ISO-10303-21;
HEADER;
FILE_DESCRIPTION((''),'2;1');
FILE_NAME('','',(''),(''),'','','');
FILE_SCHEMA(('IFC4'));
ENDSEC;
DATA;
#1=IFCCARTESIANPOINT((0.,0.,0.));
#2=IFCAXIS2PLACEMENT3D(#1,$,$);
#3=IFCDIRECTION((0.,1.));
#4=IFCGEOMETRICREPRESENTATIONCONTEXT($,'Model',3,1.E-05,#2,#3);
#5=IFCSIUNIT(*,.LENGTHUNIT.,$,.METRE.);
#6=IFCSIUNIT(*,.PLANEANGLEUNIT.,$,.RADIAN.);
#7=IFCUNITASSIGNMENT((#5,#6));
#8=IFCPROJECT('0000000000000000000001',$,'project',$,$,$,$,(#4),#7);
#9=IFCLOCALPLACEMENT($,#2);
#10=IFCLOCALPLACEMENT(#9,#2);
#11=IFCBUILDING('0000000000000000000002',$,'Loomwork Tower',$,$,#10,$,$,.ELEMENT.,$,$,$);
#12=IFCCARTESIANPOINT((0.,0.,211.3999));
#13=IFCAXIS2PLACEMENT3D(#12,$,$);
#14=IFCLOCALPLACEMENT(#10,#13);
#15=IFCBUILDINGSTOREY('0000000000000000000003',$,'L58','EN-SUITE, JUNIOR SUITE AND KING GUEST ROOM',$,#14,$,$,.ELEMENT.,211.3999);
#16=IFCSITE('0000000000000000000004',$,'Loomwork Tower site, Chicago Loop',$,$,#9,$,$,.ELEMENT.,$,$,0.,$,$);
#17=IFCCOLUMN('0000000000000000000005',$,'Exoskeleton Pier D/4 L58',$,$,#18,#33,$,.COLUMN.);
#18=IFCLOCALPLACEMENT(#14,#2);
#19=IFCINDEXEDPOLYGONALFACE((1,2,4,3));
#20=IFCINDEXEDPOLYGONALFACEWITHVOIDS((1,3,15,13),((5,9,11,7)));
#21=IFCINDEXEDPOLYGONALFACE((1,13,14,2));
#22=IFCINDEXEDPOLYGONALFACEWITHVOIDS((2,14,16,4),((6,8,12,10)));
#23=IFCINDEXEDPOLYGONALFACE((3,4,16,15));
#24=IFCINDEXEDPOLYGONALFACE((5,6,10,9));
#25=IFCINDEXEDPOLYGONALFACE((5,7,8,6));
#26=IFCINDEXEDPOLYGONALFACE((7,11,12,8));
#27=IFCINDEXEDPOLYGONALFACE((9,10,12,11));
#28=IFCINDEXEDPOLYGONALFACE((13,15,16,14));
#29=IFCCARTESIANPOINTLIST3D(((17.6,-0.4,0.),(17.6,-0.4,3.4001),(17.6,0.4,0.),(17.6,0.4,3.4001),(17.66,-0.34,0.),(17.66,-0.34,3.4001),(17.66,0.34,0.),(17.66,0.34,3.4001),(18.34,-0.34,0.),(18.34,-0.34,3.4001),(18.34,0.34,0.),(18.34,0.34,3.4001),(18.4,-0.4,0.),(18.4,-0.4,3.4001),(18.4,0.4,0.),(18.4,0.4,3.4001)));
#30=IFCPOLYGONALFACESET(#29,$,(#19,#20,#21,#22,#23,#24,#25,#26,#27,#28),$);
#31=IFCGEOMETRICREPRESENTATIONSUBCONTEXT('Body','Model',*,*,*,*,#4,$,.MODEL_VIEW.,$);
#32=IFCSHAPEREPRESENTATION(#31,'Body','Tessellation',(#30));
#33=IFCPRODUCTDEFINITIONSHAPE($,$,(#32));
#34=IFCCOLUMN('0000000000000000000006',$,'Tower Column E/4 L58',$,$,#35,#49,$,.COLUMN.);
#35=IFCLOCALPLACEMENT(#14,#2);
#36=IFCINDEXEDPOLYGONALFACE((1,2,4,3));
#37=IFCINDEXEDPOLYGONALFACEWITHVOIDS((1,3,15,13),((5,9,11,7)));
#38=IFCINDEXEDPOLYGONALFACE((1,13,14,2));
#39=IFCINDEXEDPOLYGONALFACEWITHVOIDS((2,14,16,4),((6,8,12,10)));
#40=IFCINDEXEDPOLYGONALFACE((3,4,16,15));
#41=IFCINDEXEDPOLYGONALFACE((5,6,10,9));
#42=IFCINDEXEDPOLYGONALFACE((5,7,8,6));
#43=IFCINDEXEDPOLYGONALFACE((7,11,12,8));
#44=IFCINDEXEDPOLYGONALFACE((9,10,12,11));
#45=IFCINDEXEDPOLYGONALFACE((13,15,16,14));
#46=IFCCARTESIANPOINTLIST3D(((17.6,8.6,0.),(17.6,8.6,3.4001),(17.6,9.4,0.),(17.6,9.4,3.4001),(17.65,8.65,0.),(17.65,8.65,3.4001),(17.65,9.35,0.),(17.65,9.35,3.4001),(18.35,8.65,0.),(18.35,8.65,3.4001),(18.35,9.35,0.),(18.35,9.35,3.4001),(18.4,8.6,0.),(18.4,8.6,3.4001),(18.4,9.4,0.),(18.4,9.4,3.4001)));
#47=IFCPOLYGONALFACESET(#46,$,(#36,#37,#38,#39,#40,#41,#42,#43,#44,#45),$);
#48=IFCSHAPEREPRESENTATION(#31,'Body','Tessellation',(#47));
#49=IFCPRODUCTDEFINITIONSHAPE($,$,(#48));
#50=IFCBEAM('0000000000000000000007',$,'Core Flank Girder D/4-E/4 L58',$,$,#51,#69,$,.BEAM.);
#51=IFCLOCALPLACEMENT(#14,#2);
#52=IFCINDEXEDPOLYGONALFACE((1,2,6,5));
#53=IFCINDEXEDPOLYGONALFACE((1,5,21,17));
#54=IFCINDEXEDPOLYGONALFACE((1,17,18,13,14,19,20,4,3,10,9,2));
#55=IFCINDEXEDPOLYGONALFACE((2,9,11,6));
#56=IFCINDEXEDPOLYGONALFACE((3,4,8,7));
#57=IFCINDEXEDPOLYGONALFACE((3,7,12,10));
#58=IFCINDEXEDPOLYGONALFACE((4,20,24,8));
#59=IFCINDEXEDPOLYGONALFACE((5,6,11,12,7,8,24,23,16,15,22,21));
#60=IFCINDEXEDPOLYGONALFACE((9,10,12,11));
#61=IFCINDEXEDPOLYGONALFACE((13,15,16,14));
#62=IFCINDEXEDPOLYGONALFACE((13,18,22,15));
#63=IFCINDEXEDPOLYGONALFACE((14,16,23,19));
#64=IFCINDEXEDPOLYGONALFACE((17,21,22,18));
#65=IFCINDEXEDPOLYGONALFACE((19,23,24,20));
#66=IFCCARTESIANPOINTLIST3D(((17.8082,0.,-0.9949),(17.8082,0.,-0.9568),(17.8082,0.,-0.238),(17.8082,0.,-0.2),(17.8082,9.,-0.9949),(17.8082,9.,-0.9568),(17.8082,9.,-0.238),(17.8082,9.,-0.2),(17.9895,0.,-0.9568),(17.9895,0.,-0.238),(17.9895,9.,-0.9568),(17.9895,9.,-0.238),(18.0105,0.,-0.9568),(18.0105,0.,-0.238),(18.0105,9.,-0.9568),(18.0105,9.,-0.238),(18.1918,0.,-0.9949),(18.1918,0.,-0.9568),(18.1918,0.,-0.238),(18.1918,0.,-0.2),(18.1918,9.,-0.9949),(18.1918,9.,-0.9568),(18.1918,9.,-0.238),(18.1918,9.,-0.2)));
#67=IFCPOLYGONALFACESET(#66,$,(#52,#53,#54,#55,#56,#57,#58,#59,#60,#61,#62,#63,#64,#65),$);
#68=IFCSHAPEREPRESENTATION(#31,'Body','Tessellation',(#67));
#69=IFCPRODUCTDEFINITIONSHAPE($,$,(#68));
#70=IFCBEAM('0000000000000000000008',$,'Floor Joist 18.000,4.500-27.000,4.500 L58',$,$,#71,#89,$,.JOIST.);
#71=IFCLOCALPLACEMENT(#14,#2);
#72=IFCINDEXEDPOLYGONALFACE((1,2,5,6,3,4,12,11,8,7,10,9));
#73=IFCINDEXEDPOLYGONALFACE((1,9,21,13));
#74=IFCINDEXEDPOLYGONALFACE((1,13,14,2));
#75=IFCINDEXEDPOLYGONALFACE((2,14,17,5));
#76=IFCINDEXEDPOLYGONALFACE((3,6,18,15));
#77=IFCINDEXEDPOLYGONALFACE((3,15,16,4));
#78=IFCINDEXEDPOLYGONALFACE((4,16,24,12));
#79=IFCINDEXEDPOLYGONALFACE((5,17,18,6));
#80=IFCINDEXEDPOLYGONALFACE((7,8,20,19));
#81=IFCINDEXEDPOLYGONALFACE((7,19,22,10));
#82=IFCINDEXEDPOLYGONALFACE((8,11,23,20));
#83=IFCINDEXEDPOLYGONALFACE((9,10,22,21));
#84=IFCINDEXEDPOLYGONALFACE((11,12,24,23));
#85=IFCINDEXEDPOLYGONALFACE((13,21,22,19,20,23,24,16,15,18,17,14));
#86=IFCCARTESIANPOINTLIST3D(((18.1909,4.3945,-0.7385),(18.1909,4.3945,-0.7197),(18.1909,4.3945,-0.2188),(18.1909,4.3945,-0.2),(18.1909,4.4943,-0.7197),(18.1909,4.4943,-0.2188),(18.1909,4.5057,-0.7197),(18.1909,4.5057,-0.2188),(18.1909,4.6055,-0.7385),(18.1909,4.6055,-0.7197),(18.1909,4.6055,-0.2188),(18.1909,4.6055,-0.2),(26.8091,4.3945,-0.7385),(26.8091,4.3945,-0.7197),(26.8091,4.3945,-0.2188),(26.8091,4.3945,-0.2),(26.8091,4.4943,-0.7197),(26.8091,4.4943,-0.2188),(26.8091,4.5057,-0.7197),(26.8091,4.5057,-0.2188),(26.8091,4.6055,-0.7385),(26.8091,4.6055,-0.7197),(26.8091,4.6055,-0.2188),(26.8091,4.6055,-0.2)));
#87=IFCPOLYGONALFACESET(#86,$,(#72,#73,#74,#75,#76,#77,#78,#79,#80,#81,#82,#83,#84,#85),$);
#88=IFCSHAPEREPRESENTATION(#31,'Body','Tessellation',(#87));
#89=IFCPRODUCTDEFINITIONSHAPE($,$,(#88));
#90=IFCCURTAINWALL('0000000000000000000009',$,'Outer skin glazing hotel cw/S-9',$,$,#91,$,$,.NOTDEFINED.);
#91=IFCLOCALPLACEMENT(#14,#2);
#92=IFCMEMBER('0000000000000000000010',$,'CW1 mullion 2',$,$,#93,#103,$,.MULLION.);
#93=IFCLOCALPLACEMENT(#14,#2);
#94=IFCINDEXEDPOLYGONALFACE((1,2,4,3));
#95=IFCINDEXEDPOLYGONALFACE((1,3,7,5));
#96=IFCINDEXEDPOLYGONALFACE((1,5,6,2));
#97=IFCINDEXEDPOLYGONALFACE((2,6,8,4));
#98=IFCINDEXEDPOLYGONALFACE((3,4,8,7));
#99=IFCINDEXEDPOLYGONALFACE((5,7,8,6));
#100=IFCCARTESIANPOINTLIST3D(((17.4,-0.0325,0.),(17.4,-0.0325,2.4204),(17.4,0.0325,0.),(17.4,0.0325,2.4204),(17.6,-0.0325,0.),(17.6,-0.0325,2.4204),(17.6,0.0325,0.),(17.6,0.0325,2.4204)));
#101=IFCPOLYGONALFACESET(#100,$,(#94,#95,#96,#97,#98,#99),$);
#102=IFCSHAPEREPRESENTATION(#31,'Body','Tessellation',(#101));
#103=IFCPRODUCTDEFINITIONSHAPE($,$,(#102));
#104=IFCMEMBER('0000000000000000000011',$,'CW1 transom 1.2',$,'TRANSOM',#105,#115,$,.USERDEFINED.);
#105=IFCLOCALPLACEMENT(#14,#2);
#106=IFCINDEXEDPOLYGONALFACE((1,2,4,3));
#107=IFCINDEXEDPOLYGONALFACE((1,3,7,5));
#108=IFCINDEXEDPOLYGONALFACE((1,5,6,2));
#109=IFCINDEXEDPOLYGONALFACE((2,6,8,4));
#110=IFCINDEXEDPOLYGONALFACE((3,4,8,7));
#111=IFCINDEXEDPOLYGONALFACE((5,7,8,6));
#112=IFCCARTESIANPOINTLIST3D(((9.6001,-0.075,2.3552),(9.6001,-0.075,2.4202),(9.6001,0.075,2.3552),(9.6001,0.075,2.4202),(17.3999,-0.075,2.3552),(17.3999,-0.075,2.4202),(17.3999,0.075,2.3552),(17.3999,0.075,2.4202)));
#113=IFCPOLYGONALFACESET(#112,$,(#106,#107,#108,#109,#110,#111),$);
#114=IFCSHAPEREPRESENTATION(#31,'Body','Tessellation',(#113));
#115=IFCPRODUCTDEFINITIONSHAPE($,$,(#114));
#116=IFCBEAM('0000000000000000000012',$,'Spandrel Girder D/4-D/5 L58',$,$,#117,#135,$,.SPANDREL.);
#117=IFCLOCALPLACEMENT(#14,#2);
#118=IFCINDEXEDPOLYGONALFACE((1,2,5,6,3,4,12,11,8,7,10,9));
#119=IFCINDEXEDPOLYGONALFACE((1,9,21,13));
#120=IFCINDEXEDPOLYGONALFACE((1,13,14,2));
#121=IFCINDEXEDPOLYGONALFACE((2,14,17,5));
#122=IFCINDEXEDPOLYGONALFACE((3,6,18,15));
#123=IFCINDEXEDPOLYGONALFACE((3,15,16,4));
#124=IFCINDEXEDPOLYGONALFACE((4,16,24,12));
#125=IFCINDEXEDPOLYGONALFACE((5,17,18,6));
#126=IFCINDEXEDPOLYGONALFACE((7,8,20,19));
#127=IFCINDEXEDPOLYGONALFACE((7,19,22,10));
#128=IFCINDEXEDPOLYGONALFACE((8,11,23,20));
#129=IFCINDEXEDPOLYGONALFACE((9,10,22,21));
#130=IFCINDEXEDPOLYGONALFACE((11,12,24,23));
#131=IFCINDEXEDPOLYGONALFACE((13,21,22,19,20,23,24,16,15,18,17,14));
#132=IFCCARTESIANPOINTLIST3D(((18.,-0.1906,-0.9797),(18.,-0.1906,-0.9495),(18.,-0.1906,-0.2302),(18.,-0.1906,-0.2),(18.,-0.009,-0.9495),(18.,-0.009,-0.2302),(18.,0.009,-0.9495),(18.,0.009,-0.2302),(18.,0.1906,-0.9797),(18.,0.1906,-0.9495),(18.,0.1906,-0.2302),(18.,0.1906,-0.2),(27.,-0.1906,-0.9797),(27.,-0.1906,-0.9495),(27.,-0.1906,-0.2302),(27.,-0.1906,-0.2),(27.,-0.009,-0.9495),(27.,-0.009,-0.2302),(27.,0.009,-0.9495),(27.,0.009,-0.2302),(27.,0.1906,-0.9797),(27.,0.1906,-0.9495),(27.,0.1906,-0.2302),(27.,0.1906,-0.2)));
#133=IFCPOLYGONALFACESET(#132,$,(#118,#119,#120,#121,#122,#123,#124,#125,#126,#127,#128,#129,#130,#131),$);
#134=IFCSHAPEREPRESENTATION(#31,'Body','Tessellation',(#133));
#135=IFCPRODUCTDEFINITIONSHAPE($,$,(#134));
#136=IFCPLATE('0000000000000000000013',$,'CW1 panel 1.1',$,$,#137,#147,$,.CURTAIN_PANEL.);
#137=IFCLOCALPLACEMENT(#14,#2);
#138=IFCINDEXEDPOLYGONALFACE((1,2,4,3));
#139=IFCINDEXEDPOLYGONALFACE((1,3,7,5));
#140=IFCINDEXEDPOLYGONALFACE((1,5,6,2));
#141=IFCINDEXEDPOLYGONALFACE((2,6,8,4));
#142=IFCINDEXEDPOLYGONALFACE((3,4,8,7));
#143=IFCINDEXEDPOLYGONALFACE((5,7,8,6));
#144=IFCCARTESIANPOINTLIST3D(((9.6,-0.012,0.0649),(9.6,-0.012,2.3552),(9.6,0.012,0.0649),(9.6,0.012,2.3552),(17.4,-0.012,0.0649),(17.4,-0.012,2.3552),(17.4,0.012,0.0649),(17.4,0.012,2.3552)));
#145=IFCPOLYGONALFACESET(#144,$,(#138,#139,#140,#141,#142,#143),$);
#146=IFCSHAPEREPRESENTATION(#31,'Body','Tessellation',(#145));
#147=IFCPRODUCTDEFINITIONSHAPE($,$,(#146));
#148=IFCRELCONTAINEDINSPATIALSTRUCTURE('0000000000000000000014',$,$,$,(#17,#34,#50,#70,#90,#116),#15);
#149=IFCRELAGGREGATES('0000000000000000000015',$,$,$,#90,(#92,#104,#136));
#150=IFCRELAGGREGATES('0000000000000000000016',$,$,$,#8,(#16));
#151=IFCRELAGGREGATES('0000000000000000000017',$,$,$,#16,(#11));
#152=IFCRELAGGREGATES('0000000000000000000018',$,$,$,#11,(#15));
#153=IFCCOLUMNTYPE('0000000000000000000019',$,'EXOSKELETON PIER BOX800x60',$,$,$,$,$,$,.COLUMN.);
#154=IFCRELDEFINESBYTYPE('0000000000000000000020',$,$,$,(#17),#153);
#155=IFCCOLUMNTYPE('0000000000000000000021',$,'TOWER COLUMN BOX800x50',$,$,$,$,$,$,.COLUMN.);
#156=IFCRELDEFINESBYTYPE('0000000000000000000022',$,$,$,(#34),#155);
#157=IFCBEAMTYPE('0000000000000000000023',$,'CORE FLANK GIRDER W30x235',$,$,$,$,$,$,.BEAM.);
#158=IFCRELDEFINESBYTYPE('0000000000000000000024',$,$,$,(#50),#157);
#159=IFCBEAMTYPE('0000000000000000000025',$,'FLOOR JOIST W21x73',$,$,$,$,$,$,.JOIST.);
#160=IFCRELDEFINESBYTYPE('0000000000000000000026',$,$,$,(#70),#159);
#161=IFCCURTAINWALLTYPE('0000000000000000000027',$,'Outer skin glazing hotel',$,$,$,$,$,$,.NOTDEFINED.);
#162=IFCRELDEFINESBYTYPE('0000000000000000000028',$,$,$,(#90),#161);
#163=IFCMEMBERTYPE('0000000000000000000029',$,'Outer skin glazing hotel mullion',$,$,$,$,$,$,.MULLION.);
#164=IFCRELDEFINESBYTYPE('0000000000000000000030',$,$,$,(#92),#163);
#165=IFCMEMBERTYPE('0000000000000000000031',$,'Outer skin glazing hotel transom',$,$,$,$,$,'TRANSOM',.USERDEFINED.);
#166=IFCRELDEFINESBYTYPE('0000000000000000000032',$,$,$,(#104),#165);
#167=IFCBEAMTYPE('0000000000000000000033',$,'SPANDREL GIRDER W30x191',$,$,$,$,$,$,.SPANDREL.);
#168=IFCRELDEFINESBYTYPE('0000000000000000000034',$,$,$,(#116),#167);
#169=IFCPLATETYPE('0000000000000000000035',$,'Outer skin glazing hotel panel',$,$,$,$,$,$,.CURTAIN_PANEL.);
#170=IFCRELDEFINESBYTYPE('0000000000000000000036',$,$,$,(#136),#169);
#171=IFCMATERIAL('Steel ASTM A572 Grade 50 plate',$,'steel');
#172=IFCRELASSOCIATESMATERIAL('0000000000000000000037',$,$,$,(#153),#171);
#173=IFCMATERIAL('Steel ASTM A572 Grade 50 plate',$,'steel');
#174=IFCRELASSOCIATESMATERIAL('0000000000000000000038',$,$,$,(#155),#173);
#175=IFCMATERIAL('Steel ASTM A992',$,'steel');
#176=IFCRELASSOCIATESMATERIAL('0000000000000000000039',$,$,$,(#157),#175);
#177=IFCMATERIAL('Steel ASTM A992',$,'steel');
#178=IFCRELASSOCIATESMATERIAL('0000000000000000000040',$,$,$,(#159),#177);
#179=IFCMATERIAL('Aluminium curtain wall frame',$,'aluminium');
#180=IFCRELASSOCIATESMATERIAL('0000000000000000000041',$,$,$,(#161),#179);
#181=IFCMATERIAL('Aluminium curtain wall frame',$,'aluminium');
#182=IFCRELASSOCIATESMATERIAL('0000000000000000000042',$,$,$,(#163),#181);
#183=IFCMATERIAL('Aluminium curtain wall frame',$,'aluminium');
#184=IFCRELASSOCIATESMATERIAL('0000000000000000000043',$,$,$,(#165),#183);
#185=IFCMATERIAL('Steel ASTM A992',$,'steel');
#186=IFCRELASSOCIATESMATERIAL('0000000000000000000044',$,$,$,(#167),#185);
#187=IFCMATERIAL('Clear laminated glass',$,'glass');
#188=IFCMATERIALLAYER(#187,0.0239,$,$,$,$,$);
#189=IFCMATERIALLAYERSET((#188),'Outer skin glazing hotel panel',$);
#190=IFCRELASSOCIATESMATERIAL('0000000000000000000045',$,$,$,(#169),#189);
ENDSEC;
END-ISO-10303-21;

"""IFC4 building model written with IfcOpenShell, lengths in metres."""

from ifc_helpers import new_model, si_unit, direction, frame, origin, origin_2d, place, context, subcontext, project, spatial, rectangle, hollow_rectangle, i_section, extrude, material, layer, layer_set, material_profile, profile_set, type_object, element, aggregate, save


model = new_model("IFC4")

# Units and contexts
model_context = context("Model", 3, precision=1e-05, world=origin(), true_north=direction((0.0, 1.0)))
body_context = subcontext(model_context, "Body", "Model", "MODEL_VIEW")
ifc_project = project(units=[si_unit("LENGTHUNIT", "METRE"), si_unit("PLANEANGLEUNIT", "RADIAN")], contexts=[model_context])

# Site, building, storey
site_placement = place(None, origin())
site = spatial("IfcSite", under=ifc_project, at=site_placement, Name="Loomwork Tower site, Chicago Loop", CompositionType="ELEMENT", RefElevation=0.0)
building_placement = place(site_placement, origin())
building = spatial("IfcBuilding", under=site, at=building_placement, Name="Loomwork Tower", CompositionType="ELEMENT")
storey_placement = place(building_placement, frame((0.0, 0.0, 211.3999)))
storey = spatial("IfcBuildingStorey", under=building, at=storey_placement, Name="L58", Description="EN-SUITE, JUNIOR SUITE AND KING GUEST ROOM", CompositionType="ELEMENT", Elevation=211.3999)

# Columns
ifc_material_1 = material(Name="Steel ASTM A572 Grade 50 plate", Category="steel")
ifc_material_profile_1 = material_profile(ifc_material_1, hollow_rectangle(XDim=0.8, YDim=0.8, WallThickness=0.0601, at=origin_2d()), Name="BOX800x60")
ifc_profile_set_1 = profile_set([ifc_material_profile_1], Name="Steel ASTM A572 Grade 50 plate")
column_type_1 = type_object("IfcColumnType", Name="EXOSKELETON PIER BOX800x60", PredefinedType="COLUMN", material=ifc_profile_set_1)
column_1_placement = place(storey_placement, frame((18.0, 0.0, 0.0), z_axis=(0.0, 0.0, 1.0), x_axis=(1.0, 0.0, 0.0)))
element("IfcColumn", 1, at=column_1_placement, inside=storey, type_object=column_type_1, Name="Exoskeleton Pier D/4 L58", PredefinedType="COLUMN", context=body_context, shape_type="SweptSolid", body=[
    extrude(hollow_rectangle(XDim=0.8, YDim=0.8, WallThickness=0.0601, at=origin_2d()), origin(), (0.0, 0.0, 1.0), 3.4001),
])
ifc_material_2 = material(Name="Steel ASTM A572 Grade 50 plate", Category="steel")
ifc_material_profile_2 = material_profile(ifc_material_2, hollow_rectangle(XDim=0.8, YDim=0.8, WallThickness=0.05, at=origin_2d()), Name="BOX800x50")
ifc_profile_set_2 = profile_set([ifc_material_profile_2], Name="Steel ASTM A572 Grade 50 plate")
column_type_2 = type_object("IfcColumnType", Name="TOWER COLUMN BOX800x50", PredefinedType="COLUMN", material=ifc_profile_set_2)
column_2_placement = place(storey_placement, frame((18.0, 9.0, 0.0), z_axis=(0.0, 0.0, 1.0), x_axis=(1.0, 0.0, 0.0)))
element("IfcColumn", 2, at=column_2_placement, inside=storey, type_object=column_type_2, Name="Tower Column E/4 L58", PredefinedType="COLUMN", context=body_context, shape_type="SweptSolid", body=[
    extrude(hollow_rectangle(XDim=0.8, YDim=0.8, WallThickness=0.05, at=origin_2d()), origin(), (0.0, 0.0, 1.0), 3.4001),
])

# Beams
ifc_material_3 = material(Name="Steel ASTM A992", Category="steel")
ifc_material_profile_3 = material_profile(ifc_material_3, i_section(OverallWidth=0.3835, OverallDepth=0.7949, WebThickness=0.021, FlangeThickness=0.0381, at=origin_2d()), Name="W30x235")
ifc_profile_set_3 = profile_set([ifc_material_profile_3], Name="Steel ASTM A992")
beam_type_1 = type_object("IfcBeamType", Name="CORE FLANK GIRDER W30x235", PredefinedType="BEAM", material=ifc_profile_set_3)
beam_1_placement = place(storey_placement, frame((18.0, 0.0, -0.5974), z_axis=(0.0, 1.0, 0.0), x_axis=(-1.0, 0.0, 0.0)))
element("IfcBeam", 3, at=beam_1_placement, inside=storey, type_object=beam_type_1, Name="Core Flank Girder D/4-E/4 L58", PredefinedType="BEAM", context=body_context, shape_type="SweptSolid", body=[
    extrude(i_section(OverallWidth=0.3835, OverallDepth=0.7949, WebThickness=0.021, FlangeThickness=0.0381, at=origin_2d()), origin(), (0.0, 0.0, 1.0), 9.0),
])
ifc_material_4 = material(Name="Steel ASTM A992", Category="steel")
ifc_material_profile_4 = material_profile(ifc_material_4, i_section(OverallWidth=0.2109, OverallDepth=0.5386, WebThickness=0.0115, FlangeThickness=0.0188, at=origin_2d()), Name="W21x73")
ifc_profile_set_4 = profile_set([ifc_material_profile_4], Name="Steel ASTM A992")
beam_type_2 = type_object("IfcBeamType", Name="FLOOR JOIST W21x73", PredefinedType="JOIST", material=ifc_profile_set_4)
beam_2_placement = place(storey_placement, frame((18.1909, 4.5, -0.4692), z_axis=(1.0, 0.0, 0.0), x_axis=(0.0, 1.0, 0.0)))
element("IfcBeam", 4, at=beam_2_placement, inside=storey, type_object=beam_type_2, Name="Floor Joist 18.000,4.500-27.000,4.500 L58", PredefinedType="JOIST", context=body_context, shape_type="SweptSolid", body=[
    extrude(i_section(OverallWidth=0.2109, OverallDepth=0.5386, WebThickness=0.0115, FlangeThickness=0.0188, at=origin_2d()), origin(), (0.0, 0.0, 1.0), 8.6182),
])

# Curtain wall, members
ifc_material_5 = material(Name="Aluminium curtain wall frame", Category="aluminium")
curtain_wall_type = type_object("IfcCurtainWallType", Name="Outer skin glazing hotel", PredefinedType="NOTDEFINED", material=ifc_material_5)
curtain_wall_placement = place(storey_placement, origin())
curtain_wall = element("IfcCurtainWall", 5, at=curtain_wall_placement, inside=storey, type_object=curtain_wall_type, Name="Outer skin glazing hotel cw/S-9", PredefinedType="NOTDEFINED")
ifc_material_6 = material(Name="Aluminium curtain wall frame", Category="aluminium")
ifc_material_profile_5 = material_profile(ifc_material_6, rectangle(XDim=0.0649, YDim=0.2, at=origin_2d()), Name="AL 65x200")
ifc_profile_set_5 = profile_set([ifc_material_profile_5], Name="Aluminium curtain wall frame")
member_type_1 = type_object("IfcMemberType", Name="Outer skin glazing hotel mullion", PredefinedType="MULLION", material=ifc_profile_set_5)
member_1_placement = place(storey_placement, frame((17.5, 0.0, 0.0), z_axis=(0.0, 0.0, 1.0), x_axis=(0.0, 1.0, 0.0)))
member_1 = element("IfcMember", 6, at=member_1_placement, type_object=member_type_1, Name="CW1 mullion 2", PredefinedType="MULLION", context=body_context, shape_type="SweptSolid", body=[
    extrude(rectangle(XDim=0.0649, YDim=0.2, at=origin_2d()), origin(), (0.0, 0.0, 1.0), 2.4204),
])
ifc_material_7 = material(Name="Aluminium curtain wall frame", Category="aluminium")
ifc_material_profile_6 = material_profile(ifc_material_7, rectangle(XDim=0.1499, YDim=0.0649, at=origin_2d()), Name="AL 65x150")
ifc_profile_set_6 = profile_set([ifc_material_profile_6], Name="Aluminium curtain wall frame")
member_type_2 = type_object("IfcMemberType", Name="Outer skin glazing hotel transom", ElementType="TRANSOM", PredefinedType="USERDEFINED", material=ifc_profile_set_6)
member_2_placement = place(storey_placement, frame((9.6001, 0.0, 2.3877), z_axis=(1.0, 0.0, 0.0), x_axis=(0.0, 1.0, 0.0)))
member_2 = element("IfcMember", 7, at=member_2_placement, type_object=member_type_2, Name="CW1 transom 1.2", ObjectType="TRANSOM", PredefinedType="USERDEFINED", context=body_context, shape_type="SweptSolid", body=[
    extrude(rectangle(XDim=0.1499, YDim=0.0649, at=origin_2d()), origin(), (0.0, 0.0, 1.0), 7.7998),
])

# Beam
ifc_material_8 = material(Name="Steel ASTM A992", Category="steel")
ifc_material_profile_7 = material_profile(ifc_material_8, i_section(OverallWidth=0.3811, OverallDepth=0.7798, WebThickness=0.0181, FlangeThickness=0.0303, at=origin_2d()), Name="W30x191")
ifc_profile_set_7 = profile_set([ifc_material_profile_7], Name="Steel ASTM A992")
beam_type_3 = type_object("IfcBeamType", Name="SPANDREL GIRDER W30x191", PredefinedType="SPANDREL", material=ifc_profile_set_7)
beam_3_placement = place(storey_placement, frame((18.0, 0.0, -0.5898), z_axis=(1.0, 0.0, 0.0), x_axis=(0.0, 1.0, 0.0)))
element("IfcBeam", 8, at=beam_3_placement, inside=storey, type_object=beam_type_3, Name="Spandrel Girder D/4-D/5 L58", PredefinedType="SPANDREL", context=body_context, shape_type="SweptSolid", body=[
    extrude(i_section(OverallWidth=0.3811, OverallDepth=0.7798, WebThickness=0.0181, FlangeThickness=0.0303, at=origin_2d()), origin(), (0.0, 0.0, 1.0), 9.0),
])

# Plate
ifc_material_9 = material(Name="Clear laminated glass", Category="glass")
ifc_layer_1 = layer(ifc_material_9, 0.0239)
ifc_layer_set_1 = layer_set([ifc_layer_1], Name="Outer skin glazing hotel panel")
plate_type = type_object("IfcPlateType", Name="Outer skin glazing hotel panel", PredefinedType="CURTAIN_PANEL", material=ifc_layer_set_1)
plate_placement = place(storey_placement, frame((13.5, 0.0, 0.0649), z_axis=(0.0, 0.0, 1.0), x_axis=(1.0, 0.0, 0.0)))
plate = element("IfcPlate", 9, at=plate_placement, type_object=plate_type, Name="CW1 panel 1.1", PredefinedType="CURTAIN_PANEL", context=body_context, shape_type="SweptSolid", body=[
    extrude(rectangle(XDim=7.8, YDim=0.0239, at=origin_2d()), origin(), (0.0, 0.0, 1.0), 2.2903),
])
aggregate(curtain_wall, [member_1, member_2, plate])

save(model, "model.ifc")
